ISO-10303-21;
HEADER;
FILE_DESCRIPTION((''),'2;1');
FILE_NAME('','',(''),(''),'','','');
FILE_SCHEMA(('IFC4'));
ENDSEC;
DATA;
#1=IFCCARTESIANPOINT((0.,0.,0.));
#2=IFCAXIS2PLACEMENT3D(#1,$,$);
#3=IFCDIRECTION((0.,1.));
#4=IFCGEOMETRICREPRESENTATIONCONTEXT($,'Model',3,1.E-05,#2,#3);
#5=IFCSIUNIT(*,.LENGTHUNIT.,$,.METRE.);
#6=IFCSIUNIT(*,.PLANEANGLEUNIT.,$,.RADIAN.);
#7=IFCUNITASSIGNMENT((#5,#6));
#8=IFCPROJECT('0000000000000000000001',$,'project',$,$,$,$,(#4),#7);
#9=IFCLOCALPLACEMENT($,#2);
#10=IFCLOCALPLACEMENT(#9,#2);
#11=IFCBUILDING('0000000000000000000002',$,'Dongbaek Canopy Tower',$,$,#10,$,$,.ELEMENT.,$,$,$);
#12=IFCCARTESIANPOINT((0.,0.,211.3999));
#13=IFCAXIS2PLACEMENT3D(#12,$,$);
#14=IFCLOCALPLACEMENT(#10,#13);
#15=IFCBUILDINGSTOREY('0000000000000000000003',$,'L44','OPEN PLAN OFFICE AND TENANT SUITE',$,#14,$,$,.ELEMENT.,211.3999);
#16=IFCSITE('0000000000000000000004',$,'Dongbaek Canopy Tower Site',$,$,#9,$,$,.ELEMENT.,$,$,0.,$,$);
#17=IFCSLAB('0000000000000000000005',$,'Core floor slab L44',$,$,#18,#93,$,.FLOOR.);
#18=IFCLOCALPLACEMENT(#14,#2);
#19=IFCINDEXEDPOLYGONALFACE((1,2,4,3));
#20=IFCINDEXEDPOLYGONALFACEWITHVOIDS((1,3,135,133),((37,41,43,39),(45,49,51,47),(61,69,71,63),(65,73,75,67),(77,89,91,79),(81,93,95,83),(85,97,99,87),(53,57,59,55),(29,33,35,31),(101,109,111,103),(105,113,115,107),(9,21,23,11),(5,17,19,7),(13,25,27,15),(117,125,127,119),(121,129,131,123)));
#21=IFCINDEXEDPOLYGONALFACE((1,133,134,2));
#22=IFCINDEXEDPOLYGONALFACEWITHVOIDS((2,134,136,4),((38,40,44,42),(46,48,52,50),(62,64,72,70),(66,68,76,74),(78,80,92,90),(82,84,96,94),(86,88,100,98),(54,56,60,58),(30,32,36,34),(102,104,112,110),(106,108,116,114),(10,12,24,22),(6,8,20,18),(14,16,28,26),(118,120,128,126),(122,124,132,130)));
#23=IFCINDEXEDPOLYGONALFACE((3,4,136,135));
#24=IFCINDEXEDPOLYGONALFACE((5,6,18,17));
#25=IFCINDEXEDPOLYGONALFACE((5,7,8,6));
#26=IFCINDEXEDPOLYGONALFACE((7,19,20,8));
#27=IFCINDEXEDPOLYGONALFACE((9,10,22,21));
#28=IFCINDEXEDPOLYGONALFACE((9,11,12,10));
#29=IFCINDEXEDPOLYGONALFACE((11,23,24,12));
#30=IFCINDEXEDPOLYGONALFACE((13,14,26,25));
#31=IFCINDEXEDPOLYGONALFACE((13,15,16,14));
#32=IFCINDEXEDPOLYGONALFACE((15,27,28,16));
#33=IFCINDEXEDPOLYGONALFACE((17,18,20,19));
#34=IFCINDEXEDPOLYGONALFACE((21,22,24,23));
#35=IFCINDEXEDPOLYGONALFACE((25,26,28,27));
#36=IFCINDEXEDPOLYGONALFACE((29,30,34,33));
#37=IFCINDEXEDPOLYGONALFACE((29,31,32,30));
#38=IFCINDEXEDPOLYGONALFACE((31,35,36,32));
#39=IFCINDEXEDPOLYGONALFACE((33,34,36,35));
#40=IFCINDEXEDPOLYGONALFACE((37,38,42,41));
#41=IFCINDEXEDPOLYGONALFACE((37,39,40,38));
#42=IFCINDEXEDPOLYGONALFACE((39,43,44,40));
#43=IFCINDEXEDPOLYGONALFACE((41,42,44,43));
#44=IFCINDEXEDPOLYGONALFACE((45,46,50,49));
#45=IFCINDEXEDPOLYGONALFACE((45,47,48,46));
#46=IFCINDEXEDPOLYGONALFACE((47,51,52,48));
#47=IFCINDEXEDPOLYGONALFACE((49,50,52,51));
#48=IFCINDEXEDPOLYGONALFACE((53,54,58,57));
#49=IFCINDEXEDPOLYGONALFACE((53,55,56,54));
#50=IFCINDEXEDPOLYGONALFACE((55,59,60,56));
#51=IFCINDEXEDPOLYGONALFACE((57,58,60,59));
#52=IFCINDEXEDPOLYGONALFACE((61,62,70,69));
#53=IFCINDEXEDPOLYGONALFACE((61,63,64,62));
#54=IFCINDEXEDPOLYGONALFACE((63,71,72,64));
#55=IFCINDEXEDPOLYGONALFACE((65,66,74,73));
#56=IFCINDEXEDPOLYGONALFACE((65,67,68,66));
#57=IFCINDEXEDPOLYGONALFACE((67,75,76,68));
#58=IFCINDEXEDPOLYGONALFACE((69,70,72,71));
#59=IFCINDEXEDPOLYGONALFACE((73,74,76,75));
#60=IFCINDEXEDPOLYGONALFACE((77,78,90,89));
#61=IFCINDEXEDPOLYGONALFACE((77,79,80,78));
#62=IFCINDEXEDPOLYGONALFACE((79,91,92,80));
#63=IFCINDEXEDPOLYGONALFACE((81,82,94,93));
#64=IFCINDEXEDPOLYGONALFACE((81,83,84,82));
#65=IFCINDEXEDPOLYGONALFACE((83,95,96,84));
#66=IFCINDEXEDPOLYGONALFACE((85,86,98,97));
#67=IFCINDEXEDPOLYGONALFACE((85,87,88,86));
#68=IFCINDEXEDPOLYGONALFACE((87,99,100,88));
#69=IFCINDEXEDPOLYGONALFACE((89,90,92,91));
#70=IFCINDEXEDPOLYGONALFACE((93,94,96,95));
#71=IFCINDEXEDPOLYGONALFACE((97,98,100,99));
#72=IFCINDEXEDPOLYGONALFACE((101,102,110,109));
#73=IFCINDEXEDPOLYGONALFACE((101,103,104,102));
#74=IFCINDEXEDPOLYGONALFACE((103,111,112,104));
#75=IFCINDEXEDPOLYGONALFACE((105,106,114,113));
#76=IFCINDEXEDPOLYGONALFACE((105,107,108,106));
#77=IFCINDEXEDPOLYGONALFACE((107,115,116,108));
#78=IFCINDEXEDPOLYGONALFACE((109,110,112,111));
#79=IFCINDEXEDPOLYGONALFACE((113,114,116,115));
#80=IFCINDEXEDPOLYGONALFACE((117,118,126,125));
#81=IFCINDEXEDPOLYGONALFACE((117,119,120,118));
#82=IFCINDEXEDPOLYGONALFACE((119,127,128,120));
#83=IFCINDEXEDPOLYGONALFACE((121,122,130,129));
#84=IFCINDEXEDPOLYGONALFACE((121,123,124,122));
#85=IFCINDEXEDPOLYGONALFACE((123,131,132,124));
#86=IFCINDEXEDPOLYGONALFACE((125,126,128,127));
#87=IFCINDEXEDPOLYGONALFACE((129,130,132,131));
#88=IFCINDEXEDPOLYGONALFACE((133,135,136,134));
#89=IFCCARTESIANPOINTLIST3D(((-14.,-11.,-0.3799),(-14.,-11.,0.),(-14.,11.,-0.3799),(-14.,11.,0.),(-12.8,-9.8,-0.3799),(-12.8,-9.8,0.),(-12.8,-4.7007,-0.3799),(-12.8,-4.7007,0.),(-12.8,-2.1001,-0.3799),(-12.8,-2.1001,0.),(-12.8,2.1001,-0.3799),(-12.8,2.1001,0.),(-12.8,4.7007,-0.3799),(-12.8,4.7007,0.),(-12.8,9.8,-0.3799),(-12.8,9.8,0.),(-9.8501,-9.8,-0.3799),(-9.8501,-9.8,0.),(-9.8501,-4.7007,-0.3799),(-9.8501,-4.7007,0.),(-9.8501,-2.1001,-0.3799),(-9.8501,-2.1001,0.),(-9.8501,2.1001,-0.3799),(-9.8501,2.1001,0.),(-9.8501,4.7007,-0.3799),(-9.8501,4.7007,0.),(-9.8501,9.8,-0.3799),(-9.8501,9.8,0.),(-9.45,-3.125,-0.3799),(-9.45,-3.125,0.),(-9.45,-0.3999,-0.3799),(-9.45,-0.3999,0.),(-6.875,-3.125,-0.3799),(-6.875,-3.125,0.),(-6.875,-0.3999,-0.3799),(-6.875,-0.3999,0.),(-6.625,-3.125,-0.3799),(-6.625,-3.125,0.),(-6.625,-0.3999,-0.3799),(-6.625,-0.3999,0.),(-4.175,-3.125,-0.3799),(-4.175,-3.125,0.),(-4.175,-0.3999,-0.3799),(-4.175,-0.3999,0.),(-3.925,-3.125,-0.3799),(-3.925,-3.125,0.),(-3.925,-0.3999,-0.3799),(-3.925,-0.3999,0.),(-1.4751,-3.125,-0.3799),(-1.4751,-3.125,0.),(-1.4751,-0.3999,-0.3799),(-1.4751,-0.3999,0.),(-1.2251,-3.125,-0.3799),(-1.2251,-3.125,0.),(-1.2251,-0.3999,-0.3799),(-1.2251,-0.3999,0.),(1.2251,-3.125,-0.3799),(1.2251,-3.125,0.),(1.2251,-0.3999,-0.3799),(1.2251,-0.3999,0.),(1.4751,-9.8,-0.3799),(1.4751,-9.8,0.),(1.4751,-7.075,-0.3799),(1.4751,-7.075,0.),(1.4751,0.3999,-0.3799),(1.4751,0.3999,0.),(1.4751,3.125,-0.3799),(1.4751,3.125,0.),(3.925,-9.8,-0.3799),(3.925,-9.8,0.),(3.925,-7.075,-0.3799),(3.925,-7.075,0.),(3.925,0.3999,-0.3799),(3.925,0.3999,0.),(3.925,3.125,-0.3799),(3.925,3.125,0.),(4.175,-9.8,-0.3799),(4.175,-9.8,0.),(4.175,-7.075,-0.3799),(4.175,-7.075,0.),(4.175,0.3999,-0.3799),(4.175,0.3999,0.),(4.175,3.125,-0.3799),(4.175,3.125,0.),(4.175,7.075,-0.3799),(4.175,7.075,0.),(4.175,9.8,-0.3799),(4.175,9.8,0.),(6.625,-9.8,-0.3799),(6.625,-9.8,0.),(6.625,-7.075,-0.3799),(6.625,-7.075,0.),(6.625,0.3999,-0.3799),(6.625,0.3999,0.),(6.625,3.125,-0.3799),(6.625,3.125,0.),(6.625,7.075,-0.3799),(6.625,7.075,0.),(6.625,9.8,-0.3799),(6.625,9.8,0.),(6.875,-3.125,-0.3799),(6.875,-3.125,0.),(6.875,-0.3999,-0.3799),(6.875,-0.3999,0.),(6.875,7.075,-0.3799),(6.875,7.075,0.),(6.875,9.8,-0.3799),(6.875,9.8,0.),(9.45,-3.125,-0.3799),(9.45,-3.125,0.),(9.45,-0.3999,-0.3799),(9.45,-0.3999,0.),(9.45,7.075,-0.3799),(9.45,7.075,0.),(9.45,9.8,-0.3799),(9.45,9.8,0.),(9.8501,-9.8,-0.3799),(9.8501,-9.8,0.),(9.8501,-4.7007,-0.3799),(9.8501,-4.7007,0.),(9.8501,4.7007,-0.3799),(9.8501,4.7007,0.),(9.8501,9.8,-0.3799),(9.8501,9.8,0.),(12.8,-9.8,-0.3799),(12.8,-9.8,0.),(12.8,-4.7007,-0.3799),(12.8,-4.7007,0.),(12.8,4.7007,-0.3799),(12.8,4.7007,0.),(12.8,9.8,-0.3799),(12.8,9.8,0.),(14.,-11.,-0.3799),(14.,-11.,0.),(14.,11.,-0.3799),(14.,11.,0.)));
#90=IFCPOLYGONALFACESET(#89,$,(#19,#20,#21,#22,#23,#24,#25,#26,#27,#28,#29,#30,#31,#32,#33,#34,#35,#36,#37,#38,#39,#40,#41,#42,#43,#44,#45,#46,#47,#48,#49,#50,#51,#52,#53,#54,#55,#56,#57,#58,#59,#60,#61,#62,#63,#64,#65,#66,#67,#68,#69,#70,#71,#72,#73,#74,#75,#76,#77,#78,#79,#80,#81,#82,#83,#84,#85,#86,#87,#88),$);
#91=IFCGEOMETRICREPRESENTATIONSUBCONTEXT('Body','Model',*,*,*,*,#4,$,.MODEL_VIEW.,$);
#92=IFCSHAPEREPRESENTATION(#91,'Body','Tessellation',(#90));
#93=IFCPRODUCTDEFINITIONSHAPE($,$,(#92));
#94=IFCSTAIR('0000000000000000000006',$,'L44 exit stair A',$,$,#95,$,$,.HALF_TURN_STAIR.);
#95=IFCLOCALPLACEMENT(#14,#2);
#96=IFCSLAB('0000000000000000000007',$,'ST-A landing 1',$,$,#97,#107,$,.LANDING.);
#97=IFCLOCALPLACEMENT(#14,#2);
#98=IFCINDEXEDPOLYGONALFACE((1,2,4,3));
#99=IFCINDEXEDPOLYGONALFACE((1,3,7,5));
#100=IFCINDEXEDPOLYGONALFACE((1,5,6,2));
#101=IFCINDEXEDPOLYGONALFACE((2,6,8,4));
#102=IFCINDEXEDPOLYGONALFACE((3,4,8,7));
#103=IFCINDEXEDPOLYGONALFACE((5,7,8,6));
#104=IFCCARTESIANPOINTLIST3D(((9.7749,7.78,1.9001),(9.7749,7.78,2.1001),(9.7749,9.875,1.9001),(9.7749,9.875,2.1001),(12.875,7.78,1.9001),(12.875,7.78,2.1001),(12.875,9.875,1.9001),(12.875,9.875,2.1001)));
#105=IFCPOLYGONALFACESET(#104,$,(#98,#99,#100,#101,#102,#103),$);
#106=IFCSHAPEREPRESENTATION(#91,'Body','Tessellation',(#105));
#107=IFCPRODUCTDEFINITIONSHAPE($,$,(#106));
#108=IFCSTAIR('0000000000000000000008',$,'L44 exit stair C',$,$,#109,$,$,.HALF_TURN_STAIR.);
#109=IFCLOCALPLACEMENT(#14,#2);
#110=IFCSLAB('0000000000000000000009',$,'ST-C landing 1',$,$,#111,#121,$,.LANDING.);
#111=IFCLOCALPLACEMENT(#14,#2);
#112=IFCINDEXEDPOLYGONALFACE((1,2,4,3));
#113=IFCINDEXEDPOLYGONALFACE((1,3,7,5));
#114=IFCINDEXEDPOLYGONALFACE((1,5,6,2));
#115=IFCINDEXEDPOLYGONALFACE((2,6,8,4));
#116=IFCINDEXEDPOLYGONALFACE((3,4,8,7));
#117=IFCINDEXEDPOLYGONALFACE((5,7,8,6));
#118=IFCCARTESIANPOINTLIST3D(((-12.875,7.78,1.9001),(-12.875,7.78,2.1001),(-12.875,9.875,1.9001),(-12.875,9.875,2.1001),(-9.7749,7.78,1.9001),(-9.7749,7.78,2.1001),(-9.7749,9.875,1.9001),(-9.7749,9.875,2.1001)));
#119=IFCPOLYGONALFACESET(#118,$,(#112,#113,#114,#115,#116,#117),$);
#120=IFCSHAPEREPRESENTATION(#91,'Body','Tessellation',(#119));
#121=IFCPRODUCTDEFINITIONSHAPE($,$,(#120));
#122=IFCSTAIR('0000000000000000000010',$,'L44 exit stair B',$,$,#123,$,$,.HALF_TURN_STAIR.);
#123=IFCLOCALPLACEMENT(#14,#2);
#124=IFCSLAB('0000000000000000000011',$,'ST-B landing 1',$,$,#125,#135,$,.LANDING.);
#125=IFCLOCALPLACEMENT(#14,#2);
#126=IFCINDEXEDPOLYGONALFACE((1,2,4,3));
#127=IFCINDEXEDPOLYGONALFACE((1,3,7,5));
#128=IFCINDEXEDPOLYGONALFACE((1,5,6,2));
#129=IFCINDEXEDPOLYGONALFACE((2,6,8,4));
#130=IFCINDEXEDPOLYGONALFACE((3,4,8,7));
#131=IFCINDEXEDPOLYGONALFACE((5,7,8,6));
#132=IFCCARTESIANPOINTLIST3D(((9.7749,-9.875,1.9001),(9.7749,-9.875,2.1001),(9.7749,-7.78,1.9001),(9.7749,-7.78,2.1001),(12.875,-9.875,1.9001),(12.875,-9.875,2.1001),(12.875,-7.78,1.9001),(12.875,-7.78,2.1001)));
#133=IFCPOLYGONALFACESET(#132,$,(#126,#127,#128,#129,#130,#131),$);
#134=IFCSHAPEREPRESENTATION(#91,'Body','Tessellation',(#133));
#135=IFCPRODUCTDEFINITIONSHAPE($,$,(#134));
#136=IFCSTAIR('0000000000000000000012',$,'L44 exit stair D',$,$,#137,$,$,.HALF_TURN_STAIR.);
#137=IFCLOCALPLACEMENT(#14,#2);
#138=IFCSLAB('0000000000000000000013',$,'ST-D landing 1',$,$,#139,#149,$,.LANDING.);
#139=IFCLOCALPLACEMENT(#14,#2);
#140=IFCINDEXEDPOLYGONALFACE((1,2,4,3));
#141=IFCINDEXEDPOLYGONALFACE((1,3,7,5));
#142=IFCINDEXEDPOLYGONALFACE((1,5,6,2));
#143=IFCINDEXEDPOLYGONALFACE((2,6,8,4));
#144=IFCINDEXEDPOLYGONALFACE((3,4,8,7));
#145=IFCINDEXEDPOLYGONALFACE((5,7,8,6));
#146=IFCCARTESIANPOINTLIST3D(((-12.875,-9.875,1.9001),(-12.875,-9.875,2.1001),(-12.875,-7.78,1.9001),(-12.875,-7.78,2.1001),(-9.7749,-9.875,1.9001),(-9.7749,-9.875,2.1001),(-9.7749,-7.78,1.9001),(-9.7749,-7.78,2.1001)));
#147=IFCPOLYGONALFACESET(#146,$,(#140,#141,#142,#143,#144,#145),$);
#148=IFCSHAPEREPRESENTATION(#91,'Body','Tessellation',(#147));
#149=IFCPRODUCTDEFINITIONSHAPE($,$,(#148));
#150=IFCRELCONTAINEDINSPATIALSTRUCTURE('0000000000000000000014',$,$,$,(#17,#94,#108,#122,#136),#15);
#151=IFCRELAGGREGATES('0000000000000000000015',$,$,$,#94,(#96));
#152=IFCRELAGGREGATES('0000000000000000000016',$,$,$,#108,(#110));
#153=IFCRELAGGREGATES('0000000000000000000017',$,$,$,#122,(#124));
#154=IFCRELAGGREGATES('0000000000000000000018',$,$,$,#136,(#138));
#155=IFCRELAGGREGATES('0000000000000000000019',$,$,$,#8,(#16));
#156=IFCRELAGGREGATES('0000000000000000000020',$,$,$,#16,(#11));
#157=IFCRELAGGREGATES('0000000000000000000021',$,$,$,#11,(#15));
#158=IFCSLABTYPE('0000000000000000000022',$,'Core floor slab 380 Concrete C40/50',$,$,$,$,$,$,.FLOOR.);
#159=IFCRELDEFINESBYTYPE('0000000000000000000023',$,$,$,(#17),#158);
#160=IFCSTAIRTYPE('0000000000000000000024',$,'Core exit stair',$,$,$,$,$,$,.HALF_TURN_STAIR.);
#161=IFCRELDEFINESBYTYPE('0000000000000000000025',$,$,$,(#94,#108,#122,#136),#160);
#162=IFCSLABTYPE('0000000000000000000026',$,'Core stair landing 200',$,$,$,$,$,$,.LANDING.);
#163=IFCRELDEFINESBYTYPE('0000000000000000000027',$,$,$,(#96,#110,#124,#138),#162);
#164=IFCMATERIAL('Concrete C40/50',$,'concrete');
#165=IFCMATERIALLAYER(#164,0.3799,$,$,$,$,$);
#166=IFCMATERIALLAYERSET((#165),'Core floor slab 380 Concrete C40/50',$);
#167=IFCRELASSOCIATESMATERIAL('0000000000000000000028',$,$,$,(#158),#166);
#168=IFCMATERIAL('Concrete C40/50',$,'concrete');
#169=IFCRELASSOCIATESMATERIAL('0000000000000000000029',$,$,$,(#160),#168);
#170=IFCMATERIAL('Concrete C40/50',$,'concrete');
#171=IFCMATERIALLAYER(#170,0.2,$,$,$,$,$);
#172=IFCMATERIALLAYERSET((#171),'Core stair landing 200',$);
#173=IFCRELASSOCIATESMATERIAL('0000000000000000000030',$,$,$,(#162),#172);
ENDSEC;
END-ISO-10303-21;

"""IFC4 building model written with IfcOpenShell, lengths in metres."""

from ifc_helpers import new_model, si_unit, direction, frame, origin, place, context, subcontext, project, spatial, polyline, outline, extrude, material, layer, layer_set, type_object, element, aggregate, save


model = new_model("IFC4")

# Units and contexts
model_context = context("Model", 3, precision=1e-05, world=origin(), true_north=direction((0.0, 1.0)))
body_context = subcontext(model_context, "Body", "Model", "MODEL_VIEW")
ifc_project = project(units=[si_unit("LENGTHUNIT", "METRE"), si_unit("PLANEANGLEUNIT", "RADIAN")], contexts=[model_context])

# Site, building, storey
site_placement = place(None, origin())
site = spatial("IfcSite", under=ifc_project, at=site_placement, Name="Dongbaek Canopy Tower Site", CompositionType="ELEMENT", RefElevation=0.0)
building_placement = place(site_placement, origin())
building = spatial("IfcBuilding", under=site, at=building_placement, Name="Dongbaek Canopy Tower", CompositionType="ELEMENT")
storey_placement = place(building_placement, frame((0.0, 0.0, 211.3999)))
storey = spatial("IfcBuildingStorey", under=building, at=storey_placement, Name="L44", Description="OPEN PLAN OFFICE AND TENANT SUITE", CompositionType="ELEMENT", Elevation=211.3999)

# Slab
ifc_material_1 = material(Name="Concrete C40/50", Category="concrete")
ifc_layer_1 = layer(ifc_material_1, 0.3799)
ifc_layer_set_1 = layer_set([ifc_layer_1], Name="Core floor slab 380 Concrete C40/50")
slab_type_1 = type_object("IfcSlabType", Name="Core floor slab 380 Concrete C40/50", PredefinedType="FLOOR", material=ifc_layer_set_1)
slab_1_placement = place(storey_placement, frame((0.0, 0.0, -0.3799)))
element("IfcSlab", 1, at=slab_1_placement, inside=storey, type_object=slab_type_1, Name="Core floor slab L44", PredefinedType="FLOOR", context=body_context, shape_type="SweptSolid", body=[
    extrude(outline(polyline([(14.0, -11.0), (14.0, 11.0), (-14.0, 11.0), (-14.0, -11.0), (14.0, -11.0)]), holes=[polyline([(-12.8, 2.1001), (-9.8501, 2.1001), (-9.8501, -2.1001), (-12.8, -2.1001), (-12.8, 2.1001)]), polyline([(6.625, 9.8), (6.625, 7.075), (4.175, 7.075), (4.175, 9.8), (6.625, 9.8)]), polyline([(9.45, 7.075), (6.875, 7.075), (6.875, 9.8), (9.45, 9.8), (9.45, 7.075)]), polyline([(1.4751, 0.3999), (1.4751, 3.125), (3.925, 3.125), (3.925, 0.3999), (1.4751, 0.3999)]), polyline([(4.175, 0.3999), (4.175, 3.125), (6.625, 3.125), (6.625, 0.3999), (4.175, 0.3999)]), polyline([(-9.45, -0.3999), (-6.875, -0.3999), (-6.875, -3.125), (-9.45, -3.125), (-9.45, -0.3999)]), polyline([(-6.625, -3.125), (-6.625, -0.3999), (-4.175, -0.3999), (-4.175, -3.125), (-6.625, -3.125)]), polyline([(-3.925, -3.125), (-3.925, -0.3999), (-1.4751, -0.3999), (-1.4751, -3.125), (-3.925, -3.125)]), polyline([(-1.2251, -3.125), (-1.2251, -0.3999), (1.2251, -0.3999), (1.2251, -3.125), (-1.2251, -3.125)]), polyline([(9.45, -3.125), (6.875, -3.125), (6.875, -0.3999), (9.45, -0.3999), (9.45, -3.125)]), polyline([(1.4751, -9.8), (1.4751, -7.075), (3.925, -7.075), (3.925, -9.8), (1.4751, -9.8)]), polyline([(4.175, -9.8), (4.175, -7.075), (6.625, -7.075), (6.625, -9.8), (4.175, -9.8)]), polyline([(12.8, 4.7007), (12.8, 9.8), (9.8501, 9.8), (9.8501, 4.7007), (12.8, 4.7007)]), polyline([(-9.8501, 4.7007), (-9.8501, 9.8), (-12.8, 9.8), (-12.8, 4.7007), (-9.8501, 4.7007)]), polyline([(9.8501, -4.7007), (9.8501, -9.8), (12.8, -9.8), (12.8, -4.7007), (9.8501, -4.7007)]), polyline([(-12.8, -4.7007), (-12.8, -9.8), (-9.8501, -9.8), (-9.8501, -4.7007), (-12.8, -4.7007)])]), origin(), (0.0, 0.0, 1.0), 0.3799),
])

# Stairs, slabs
ifc_material_2 = material(Name="Concrete C40/50", Category="concrete")
stair_type = type_object("IfcStairType", Name="Core exit stair", PredefinedType="HALF_TURN_STAIR", material=ifc_material_2)
stair_1_placement = place(storey_placement, origin())
stair_1 = element("IfcStair", 2, at=stair_1_placement, inside=storey, type_object=stair_type, Name="L44 exit stair A", PredefinedType="HALF_TURN_STAIR")
ifc_material_3 = material(Name="Concrete C40/50", Category="concrete")
ifc_layer_2 = layer(ifc_material_3, 0.2)
ifc_layer_set_2 = layer_set([ifc_layer_2], Name="Core stair landing 200")
slab_type_2 = type_object("IfcSlabType", Name="Core stair landing 200", PredefinedType="LANDING", material=ifc_layer_set_2)
slab_2_placement = place(storey_placement, frame((0.0, 0.0, 1.9001)))
slab_2 = element("IfcSlab", 3, at=slab_2_placement, type_object=slab_type_2, Name="ST-A landing 1", PredefinedType="LANDING", context=body_context, shape_type="SweptSolid", body=[
    extrude(outline(polyline([(12.875, 7.78), (12.875, 9.875), (9.7749, 9.875), (9.7749, 7.78), (12.875, 7.78)])), origin(), (0.0, 0.0, 1.0), 0.2),
])
aggregate(stair_1, [slab_2])
stair_2_placement = place(storey_placement, origin())
stair_2 = element("IfcStair", 4, at=stair_2_placement, inside=storey, type_object=stair_type, Name="L44 exit stair C", PredefinedType="HALF_TURN_STAIR")
slab_3_placement = place(storey_placement, frame((0.0, 0.0, 1.9001)))
slab_3 = element("IfcSlab", 5, at=slab_3_placement, type_object=slab_type_2, Name="ST-C landing 1", PredefinedType="LANDING", context=body_context, shape_type="SweptSolid", body=[
    extrude(outline(polyline([(-9.7749, 7.78), (-9.7749, 9.875), (-12.875, 9.875), (-12.875, 7.78), (-9.7749, 7.78)])), origin(), (0.0, 0.0, 1.0), 0.2),
])
aggregate(stair_2, [slab_3])
stair_3_placement = place(storey_placement, origin())
stair_3 = element("IfcStair", 6, at=stair_3_placement, inside=storey, type_object=stair_type, Name="L44 exit stair B", PredefinedType="HALF_TURN_STAIR")
slab_4_placement = place(storey_placement, frame((0.0, 0.0, 1.9001)))
slab_4 = element("IfcSlab", 7, at=slab_4_placement, type_object=slab_type_2, Name="ST-B landing 1", PredefinedType="LANDING", context=body_context, shape_type="SweptSolid", body=[
    extrude(outline(polyline([(9.7749, -7.78), (9.7749, -9.875), (12.875, -9.875), (12.875, -7.78), (9.7749, -7.78)])), origin(), (0.0, 0.0, 1.0), 0.2),
])
aggregate(stair_3, [slab_4])
stair_4_placement = place(storey_placement, origin())
stair_4 = element("IfcStair", 8, at=stair_4_placement, inside=storey, type_object=stair_type, Name="L44 exit stair D", PredefinedType="HALF_TURN_STAIR")
slab_5_placement = place(storey_placement, frame((0.0, 0.0, 1.9001)))
slab_5 = element("IfcSlab", 9, at=slab_5_placement, type_object=slab_type_2, Name="ST-D landing 1", PredefinedType="LANDING", context=body_context, shape_type="SweptSolid", body=[
    extrude(outline(polyline([(-12.875, -7.78), (-12.875, -9.875), (-9.7749, -9.875), (-9.7749, -7.78), (-12.875, -7.78)])), origin(), (0.0, 0.0, 1.0), 0.2),
])
aggregate(stair_4, [slab_5])

save(model, "model.ifc")
